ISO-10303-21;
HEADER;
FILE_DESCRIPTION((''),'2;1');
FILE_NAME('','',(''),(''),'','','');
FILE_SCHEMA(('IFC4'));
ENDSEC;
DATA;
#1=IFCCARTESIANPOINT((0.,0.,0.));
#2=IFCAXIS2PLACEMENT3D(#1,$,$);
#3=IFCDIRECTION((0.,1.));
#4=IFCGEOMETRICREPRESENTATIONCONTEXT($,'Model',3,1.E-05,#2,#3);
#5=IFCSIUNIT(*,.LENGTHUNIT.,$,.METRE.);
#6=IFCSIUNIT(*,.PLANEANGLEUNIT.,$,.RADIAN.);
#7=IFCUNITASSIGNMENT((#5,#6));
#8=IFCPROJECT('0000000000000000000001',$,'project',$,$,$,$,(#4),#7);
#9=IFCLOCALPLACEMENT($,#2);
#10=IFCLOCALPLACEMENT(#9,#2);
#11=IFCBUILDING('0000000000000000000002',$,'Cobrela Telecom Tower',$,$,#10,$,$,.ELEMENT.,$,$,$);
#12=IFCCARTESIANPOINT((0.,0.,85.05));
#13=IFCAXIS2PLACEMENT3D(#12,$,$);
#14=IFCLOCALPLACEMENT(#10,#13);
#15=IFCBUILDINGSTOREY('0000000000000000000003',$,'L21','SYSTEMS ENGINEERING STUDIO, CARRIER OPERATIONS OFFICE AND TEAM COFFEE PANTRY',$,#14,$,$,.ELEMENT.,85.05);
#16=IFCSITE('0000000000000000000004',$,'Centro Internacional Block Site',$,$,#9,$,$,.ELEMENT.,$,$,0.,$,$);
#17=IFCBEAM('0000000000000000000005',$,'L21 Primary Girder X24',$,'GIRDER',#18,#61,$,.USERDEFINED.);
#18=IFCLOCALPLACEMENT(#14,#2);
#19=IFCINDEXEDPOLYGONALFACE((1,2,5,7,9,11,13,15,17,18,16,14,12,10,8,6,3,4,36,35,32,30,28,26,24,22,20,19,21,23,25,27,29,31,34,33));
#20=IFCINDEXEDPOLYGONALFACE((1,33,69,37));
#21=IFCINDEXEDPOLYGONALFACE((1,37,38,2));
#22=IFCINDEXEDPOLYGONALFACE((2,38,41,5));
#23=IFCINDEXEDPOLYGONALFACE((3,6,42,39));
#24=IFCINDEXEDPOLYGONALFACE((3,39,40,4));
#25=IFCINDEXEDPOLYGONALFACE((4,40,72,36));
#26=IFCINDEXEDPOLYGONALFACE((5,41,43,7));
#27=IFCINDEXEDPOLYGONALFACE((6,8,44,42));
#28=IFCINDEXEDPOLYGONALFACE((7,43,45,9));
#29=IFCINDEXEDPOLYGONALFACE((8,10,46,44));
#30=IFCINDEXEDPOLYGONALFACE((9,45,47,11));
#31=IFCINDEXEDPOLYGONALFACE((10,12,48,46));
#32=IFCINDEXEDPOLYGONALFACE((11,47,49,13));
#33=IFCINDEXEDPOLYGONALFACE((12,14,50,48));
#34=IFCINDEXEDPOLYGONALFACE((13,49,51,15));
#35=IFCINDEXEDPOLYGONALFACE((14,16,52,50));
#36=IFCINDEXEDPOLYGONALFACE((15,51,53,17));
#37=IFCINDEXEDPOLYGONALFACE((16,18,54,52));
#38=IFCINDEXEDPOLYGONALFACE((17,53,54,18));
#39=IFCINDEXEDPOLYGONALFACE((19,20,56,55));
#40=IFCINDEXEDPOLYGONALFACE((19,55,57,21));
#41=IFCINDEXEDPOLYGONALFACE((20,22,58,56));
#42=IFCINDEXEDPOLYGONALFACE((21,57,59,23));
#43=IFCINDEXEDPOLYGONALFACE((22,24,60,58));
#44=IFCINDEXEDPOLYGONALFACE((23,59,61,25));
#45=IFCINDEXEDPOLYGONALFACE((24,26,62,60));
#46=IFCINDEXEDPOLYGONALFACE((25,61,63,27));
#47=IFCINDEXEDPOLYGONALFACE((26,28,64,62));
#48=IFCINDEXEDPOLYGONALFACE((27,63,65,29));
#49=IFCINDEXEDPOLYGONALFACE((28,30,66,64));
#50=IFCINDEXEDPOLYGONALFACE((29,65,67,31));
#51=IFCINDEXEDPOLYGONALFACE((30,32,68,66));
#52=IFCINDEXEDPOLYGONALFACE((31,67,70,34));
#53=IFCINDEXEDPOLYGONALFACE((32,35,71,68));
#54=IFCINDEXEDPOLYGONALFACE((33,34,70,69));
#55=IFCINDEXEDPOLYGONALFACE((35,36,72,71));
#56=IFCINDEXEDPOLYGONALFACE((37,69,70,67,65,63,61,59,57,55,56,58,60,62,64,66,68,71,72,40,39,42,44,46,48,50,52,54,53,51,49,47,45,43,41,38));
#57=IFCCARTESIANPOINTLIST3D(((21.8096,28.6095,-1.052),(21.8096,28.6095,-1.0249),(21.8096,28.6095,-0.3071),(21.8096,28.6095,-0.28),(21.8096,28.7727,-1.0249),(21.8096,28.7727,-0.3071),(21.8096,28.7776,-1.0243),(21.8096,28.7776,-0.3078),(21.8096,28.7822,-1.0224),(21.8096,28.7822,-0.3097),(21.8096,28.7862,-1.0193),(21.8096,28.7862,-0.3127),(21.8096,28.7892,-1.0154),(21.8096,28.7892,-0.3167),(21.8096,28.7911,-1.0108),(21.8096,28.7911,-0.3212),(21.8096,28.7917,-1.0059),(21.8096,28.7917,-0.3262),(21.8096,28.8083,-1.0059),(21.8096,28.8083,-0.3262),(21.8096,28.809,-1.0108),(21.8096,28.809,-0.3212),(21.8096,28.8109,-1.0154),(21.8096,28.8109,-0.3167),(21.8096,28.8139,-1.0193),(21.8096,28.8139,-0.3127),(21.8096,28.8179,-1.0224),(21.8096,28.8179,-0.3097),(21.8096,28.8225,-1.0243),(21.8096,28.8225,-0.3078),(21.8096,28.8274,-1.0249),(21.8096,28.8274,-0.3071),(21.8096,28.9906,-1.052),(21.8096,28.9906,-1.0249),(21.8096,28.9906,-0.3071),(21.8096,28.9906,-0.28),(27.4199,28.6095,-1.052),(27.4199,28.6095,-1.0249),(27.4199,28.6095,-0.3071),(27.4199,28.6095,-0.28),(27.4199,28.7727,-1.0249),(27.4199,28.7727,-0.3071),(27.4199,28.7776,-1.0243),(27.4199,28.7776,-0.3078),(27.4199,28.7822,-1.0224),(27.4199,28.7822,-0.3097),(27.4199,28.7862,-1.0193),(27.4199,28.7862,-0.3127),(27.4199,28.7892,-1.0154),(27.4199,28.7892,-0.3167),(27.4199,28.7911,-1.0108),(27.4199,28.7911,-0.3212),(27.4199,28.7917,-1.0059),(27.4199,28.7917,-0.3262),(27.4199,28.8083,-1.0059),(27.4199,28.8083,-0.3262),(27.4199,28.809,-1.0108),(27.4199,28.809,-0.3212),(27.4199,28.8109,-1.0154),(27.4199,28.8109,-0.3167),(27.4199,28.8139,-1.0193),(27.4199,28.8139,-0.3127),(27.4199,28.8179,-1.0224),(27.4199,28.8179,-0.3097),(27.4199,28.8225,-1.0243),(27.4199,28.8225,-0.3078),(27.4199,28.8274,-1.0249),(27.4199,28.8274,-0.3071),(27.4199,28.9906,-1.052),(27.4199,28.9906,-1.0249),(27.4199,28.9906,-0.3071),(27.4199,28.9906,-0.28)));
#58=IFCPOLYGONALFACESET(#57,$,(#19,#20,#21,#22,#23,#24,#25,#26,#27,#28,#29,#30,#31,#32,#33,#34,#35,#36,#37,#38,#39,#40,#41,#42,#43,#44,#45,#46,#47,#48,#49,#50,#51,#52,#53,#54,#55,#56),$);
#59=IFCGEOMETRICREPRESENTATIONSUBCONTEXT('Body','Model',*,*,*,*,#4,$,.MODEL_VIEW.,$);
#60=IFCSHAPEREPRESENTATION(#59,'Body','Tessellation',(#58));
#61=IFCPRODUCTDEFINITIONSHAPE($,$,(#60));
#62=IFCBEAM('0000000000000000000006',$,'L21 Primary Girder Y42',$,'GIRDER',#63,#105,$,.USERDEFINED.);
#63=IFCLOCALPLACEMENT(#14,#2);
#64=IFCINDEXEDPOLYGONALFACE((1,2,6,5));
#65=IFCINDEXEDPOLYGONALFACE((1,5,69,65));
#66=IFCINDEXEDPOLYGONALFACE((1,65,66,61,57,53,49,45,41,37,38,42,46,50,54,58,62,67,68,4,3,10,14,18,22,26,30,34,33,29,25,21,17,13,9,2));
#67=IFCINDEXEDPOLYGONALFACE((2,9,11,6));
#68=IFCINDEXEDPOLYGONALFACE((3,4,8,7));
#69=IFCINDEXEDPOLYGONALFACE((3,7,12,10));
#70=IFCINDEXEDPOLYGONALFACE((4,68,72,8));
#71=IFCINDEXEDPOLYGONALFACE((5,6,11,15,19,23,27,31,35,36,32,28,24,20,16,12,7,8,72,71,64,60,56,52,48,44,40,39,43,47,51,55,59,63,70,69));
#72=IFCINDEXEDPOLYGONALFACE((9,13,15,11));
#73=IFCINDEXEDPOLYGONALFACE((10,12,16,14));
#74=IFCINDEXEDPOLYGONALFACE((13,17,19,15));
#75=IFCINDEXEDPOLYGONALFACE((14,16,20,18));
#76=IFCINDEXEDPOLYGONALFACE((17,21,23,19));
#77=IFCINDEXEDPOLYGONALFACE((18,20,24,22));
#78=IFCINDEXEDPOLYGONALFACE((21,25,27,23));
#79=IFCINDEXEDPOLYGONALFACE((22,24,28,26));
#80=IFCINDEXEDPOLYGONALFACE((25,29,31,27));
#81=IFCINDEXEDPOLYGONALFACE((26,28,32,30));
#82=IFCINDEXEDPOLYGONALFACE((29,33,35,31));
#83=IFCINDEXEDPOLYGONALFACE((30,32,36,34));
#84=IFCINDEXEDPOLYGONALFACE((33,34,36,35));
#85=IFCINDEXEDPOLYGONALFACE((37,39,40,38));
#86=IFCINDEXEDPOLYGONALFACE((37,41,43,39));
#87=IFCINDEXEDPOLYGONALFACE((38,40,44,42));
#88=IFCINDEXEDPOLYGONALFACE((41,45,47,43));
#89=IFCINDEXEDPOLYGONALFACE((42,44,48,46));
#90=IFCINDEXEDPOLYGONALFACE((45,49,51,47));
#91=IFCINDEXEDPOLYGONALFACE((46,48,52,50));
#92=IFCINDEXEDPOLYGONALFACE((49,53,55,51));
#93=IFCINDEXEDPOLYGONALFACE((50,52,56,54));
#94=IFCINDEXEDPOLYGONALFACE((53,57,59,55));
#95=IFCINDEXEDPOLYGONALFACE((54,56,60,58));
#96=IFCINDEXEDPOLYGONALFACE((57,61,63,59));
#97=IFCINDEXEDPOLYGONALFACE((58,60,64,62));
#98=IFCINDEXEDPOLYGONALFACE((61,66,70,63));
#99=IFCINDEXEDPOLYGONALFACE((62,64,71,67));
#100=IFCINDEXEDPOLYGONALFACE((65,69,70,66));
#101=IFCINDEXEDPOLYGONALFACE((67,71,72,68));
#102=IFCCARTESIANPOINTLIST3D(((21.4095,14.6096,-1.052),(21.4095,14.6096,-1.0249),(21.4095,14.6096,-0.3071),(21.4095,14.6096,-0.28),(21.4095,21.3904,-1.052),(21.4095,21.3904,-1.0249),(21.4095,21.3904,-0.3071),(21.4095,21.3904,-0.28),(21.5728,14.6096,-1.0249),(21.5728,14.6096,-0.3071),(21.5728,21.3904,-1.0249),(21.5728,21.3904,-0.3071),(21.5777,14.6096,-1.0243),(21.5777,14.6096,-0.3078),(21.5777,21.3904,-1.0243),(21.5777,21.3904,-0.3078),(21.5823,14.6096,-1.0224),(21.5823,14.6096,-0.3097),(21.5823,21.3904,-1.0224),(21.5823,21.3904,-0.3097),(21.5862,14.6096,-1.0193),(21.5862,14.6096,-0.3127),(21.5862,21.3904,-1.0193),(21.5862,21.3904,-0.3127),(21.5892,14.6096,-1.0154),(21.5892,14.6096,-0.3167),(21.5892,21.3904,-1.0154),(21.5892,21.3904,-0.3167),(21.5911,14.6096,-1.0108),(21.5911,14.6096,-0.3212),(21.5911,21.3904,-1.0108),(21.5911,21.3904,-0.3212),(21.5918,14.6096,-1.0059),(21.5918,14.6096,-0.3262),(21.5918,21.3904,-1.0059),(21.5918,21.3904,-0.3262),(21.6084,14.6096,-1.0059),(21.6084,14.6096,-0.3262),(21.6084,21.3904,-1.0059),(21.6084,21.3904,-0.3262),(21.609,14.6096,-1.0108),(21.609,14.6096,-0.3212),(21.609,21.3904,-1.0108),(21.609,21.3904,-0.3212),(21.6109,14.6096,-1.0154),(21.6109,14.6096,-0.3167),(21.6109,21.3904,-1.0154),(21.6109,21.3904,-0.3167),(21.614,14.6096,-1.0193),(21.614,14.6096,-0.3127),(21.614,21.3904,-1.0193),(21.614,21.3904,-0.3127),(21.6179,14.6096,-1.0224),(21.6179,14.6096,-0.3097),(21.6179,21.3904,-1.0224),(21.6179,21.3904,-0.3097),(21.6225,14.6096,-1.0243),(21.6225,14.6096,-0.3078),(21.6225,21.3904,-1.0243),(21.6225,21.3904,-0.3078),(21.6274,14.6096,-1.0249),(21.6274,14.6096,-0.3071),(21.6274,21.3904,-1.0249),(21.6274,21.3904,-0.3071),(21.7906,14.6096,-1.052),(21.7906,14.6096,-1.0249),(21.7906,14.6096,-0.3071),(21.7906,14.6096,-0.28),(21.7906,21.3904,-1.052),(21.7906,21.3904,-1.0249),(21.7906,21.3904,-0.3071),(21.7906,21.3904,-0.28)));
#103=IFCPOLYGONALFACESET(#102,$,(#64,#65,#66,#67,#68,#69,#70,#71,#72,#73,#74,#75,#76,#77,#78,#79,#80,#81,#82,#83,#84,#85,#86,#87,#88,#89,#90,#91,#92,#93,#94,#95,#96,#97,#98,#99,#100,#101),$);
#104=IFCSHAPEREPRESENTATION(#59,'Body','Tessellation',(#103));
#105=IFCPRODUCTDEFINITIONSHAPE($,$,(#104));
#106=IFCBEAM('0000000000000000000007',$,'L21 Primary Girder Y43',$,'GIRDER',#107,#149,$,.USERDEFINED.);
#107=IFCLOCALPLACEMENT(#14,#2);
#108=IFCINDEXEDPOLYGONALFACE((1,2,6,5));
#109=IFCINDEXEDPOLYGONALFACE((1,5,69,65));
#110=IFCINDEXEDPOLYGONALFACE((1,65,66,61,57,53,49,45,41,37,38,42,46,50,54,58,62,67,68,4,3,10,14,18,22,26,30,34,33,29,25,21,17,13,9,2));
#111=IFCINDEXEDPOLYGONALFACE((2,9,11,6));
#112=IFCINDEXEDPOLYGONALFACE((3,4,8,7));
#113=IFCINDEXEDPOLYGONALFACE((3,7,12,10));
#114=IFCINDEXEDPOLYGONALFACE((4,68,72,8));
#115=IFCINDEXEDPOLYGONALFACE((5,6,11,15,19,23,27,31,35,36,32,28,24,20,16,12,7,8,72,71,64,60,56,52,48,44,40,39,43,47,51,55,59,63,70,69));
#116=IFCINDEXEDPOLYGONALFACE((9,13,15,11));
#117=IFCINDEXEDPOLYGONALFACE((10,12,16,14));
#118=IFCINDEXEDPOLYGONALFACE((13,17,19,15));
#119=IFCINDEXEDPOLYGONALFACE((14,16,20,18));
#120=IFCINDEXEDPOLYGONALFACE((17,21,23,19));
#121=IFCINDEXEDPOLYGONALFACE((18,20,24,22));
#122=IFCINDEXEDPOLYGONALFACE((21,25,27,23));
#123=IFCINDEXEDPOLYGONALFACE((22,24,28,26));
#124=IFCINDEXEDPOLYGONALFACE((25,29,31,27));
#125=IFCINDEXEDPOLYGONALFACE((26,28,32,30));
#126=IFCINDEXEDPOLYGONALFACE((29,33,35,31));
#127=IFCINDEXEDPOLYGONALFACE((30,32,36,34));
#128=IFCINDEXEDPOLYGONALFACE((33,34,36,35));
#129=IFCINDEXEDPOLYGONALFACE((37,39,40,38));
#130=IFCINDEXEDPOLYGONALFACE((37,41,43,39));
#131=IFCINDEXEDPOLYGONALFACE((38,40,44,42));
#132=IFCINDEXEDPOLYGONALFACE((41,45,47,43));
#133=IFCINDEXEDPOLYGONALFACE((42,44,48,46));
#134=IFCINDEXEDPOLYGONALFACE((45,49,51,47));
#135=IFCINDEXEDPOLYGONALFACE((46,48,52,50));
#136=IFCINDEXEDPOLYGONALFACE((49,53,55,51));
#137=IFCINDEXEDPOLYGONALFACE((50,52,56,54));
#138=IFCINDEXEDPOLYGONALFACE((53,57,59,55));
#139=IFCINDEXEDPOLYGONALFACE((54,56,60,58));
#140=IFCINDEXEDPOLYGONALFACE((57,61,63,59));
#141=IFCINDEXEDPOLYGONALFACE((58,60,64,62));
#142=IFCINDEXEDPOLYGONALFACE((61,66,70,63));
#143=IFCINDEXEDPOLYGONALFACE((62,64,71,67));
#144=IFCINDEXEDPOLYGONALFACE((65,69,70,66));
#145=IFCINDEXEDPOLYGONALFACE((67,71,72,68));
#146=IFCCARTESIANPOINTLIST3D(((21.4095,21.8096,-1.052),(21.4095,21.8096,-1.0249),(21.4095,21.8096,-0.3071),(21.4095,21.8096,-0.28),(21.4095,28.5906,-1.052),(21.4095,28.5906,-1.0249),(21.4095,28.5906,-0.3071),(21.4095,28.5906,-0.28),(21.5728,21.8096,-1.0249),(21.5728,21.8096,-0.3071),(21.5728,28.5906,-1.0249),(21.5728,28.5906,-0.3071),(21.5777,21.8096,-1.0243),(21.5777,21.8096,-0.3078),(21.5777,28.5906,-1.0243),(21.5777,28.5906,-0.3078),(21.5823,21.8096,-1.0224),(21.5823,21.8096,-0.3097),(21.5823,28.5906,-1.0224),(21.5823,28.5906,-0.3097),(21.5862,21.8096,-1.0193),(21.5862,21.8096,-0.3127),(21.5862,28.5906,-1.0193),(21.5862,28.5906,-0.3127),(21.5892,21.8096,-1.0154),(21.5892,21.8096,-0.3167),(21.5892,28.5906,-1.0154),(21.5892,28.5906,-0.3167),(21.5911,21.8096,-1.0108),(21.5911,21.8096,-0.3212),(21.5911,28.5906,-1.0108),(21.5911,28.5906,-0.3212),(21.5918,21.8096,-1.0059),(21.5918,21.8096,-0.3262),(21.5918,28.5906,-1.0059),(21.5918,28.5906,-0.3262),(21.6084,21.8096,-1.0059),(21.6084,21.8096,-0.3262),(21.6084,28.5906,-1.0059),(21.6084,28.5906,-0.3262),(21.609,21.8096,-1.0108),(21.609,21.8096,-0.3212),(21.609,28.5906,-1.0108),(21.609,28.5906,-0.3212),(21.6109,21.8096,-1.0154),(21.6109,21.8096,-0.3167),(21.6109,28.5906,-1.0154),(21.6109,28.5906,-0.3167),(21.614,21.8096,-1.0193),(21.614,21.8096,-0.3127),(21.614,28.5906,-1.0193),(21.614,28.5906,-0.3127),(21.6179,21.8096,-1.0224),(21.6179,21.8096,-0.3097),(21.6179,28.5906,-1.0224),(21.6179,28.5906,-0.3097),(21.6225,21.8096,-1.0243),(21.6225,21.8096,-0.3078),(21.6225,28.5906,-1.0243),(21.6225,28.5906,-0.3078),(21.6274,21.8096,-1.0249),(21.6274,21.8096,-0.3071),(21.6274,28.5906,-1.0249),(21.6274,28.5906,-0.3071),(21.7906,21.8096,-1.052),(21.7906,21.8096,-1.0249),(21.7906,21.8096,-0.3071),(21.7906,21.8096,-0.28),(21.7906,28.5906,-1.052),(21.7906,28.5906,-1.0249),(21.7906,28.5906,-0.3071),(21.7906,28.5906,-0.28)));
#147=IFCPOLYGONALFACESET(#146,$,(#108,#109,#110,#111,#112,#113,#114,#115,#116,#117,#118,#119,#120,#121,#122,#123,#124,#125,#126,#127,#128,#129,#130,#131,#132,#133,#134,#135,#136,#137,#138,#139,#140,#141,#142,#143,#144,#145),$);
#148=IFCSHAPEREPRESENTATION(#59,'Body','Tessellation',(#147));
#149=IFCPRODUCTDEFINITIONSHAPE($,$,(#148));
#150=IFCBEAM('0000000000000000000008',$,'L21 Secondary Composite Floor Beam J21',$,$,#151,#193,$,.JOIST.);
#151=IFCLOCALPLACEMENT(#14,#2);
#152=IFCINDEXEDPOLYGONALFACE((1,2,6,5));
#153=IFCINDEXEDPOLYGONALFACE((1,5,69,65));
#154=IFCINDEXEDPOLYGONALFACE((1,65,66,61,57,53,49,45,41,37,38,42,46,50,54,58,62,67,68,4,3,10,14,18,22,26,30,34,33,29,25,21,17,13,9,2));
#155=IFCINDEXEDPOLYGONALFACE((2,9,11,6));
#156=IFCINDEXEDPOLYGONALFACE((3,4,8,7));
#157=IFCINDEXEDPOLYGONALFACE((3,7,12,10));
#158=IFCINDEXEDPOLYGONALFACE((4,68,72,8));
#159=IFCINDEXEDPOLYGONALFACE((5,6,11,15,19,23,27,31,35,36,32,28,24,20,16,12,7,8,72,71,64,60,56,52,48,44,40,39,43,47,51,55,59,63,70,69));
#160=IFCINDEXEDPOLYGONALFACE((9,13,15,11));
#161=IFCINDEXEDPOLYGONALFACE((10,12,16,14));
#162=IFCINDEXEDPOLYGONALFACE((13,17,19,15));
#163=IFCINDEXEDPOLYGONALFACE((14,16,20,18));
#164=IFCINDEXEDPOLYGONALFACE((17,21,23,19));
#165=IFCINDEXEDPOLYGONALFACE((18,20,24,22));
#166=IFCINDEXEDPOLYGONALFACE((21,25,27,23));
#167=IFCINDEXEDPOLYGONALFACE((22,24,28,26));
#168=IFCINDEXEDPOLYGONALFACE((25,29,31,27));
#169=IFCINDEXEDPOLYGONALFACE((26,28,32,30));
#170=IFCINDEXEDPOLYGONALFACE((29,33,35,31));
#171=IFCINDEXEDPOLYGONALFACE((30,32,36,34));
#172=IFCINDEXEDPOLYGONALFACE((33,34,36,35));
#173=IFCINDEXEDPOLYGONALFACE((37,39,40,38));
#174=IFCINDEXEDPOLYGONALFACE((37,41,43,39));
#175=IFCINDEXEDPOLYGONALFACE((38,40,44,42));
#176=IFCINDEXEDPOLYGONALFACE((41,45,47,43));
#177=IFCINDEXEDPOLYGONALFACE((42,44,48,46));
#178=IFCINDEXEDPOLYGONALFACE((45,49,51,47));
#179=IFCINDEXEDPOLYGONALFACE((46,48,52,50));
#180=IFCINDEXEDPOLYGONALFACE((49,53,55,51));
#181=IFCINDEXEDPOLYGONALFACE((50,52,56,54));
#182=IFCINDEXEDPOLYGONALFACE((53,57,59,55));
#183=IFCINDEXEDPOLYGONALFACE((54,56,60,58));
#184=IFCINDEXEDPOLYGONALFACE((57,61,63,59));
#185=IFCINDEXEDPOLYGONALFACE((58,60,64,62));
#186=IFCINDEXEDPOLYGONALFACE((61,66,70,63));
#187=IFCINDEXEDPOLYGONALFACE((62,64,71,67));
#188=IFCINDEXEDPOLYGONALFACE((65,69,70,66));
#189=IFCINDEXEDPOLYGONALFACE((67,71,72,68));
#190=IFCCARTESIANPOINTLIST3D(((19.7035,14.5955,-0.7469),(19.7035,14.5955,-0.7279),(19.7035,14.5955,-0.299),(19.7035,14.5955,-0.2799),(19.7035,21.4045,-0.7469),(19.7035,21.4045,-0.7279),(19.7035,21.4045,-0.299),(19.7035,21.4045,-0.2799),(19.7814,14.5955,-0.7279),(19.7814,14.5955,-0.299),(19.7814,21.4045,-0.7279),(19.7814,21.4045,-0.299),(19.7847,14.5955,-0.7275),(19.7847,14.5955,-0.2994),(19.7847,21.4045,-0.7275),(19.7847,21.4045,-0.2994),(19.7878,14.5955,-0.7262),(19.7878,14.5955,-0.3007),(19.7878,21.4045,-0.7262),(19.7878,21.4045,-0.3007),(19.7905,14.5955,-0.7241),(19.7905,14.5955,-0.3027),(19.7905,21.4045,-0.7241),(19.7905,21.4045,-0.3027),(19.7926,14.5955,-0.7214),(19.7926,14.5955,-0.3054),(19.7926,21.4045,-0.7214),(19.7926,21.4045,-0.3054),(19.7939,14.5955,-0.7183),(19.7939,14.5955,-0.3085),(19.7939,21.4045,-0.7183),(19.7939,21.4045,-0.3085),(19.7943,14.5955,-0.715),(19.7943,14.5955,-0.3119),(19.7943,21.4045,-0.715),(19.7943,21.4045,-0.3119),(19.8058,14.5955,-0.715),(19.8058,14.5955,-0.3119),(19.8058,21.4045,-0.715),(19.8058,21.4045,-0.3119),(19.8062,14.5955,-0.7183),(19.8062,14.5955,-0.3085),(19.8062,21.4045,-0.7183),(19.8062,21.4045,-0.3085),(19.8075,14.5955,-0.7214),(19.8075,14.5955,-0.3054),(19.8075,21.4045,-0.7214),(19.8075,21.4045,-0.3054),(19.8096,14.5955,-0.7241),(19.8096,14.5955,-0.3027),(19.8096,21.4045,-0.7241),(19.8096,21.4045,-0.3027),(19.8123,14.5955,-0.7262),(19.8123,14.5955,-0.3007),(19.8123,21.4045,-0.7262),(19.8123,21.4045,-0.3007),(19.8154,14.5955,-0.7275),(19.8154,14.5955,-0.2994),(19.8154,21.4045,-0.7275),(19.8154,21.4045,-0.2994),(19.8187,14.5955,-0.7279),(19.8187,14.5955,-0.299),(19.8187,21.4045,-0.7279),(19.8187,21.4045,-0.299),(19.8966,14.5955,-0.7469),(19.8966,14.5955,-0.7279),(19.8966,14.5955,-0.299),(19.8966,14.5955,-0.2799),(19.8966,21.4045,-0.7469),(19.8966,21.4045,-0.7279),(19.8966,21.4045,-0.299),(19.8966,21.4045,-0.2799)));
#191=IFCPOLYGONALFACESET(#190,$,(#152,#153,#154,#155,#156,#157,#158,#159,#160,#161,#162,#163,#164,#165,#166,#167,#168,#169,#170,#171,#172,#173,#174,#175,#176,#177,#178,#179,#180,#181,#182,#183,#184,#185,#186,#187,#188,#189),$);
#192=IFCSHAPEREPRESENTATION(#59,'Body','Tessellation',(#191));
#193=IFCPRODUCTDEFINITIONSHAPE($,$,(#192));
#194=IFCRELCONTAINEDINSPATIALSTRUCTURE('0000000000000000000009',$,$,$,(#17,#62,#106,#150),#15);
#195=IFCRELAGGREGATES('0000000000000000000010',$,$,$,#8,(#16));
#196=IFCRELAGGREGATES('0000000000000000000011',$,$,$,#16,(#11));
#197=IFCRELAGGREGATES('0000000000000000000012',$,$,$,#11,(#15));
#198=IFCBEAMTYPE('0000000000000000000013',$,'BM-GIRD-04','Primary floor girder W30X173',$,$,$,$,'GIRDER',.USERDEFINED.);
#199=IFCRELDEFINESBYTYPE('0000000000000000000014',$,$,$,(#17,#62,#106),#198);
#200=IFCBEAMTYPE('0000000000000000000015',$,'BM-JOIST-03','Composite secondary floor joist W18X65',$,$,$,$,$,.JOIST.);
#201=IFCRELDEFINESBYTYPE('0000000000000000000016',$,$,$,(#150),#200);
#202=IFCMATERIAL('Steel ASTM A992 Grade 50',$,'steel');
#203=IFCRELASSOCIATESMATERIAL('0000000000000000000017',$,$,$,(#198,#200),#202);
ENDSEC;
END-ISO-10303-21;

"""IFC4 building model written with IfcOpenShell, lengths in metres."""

from ifc_helpers import new_model, si_unit, direction, frame, origin, origin_2d, place, context, subcontext, project, spatial, i_section, extrude, material, material_profile, profile_set, type_object, element, save


model = new_model("IFC4")

# Units and contexts
model_context = context("Model", 3, precision=1e-05, world=origin(), true_north=direction((0.0, 1.0)))
body_context = subcontext(model_context, "Body", "Model", "MODEL_VIEW")
ifc_project = project(units=[si_unit("LENGTHUNIT", "METRE"), si_unit("PLANEANGLEUNIT", "RADIAN")], contexts=[model_context])

# Site, building, storey
site_placement = place(None, origin())
site = spatial("IfcSite", under=ifc_project, at=site_placement, Name="Centro Internacional Block Site", CompositionType="ELEMENT", RefElevation=0.0)
building_placement = place(site_placement, origin())
building = spatial("IfcBuilding", under=site, at=building_placement, Name="Cobrela Telecom Tower", CompositionType="ELEMENT")
storey_placement = place(building_placement, frame((0.0, 0.0, 85.05)))
storey = spatial("IfcBuildingStorey", under=building, at=storey_placement, Name="L21", Description="SYSTEMS ENGINEERING STUDIO, CARRIER OPERATIONS OFFICE AND TEAM COFFEE PANTRY", CompositionType="ELEMENT", Elevation=85.05)

# Shared definitions
ifc_material_1 = material(Name="Steel ASTM A992 Grade 50", Category="steel")

# Beams
ifc_material_profile_1 = material_profile(ifc_material_1, i_section(OverallWidth=0.3811, OverallDepth=0.772, WebThickness=0.0166, FlangeThickness=0.0271, FilletRadius=0.019, at=origin_2d()), Name="W30X173")
ifc_profile_set_1 = profile_set([ifc_material_profile_1], Name="Steel ASTM A992 Grade 50")
beam_type_1 = type_object("IfcBeamType", Name="BM-GIRD-04", Description="Primary floor girder W30X173", ElementType="GIRDER", PredefinedType="USERDEFINED", material=ifc_profile_set_1)
beam_1_placement = place(storey_placement, frame((21.8096, 28.8, -0.666), z_axis=(1.0, 0.0, 0.0), x_axis=(0.0, 1.0, 0.0)))
element("IfcBeam", 1, at=beam_1_placement, inside=storey, type_object=beam_type_1, Name="L21 Primary Girder X24", ObjectType="GIRDER", PredefinedType="USERDEFINED", context=body_context, shape_type="SweptSolid", body=[
    extrude(i_section(OverallWidth=0.3811, OverallDepth=0.772, WebThickness=0.0166, FlangeThickness=0.0271, FilletRadius=0.019, at=origin_2d()), origin(), (0.0, 0.0, 1.0), 5.6104),
])
beam_2_placement = place(storey_placement, frame((21.6001, 14.6096, -0.666), z_axis=(0.0, 1.0, 0.0), x_axis=(-1.0, 0.0, 0.0)))
element("IfcBeam", 2, at=beam_2_placement, inside=storey, type_object=beam_type_1, Name="L21 Primary Girder Y42", ObjectType="GIRDER", PredefinedType="USERDEFINED", context=body_context, shape_type="SweptSolid", body=[
    extrude(i_section(OverallWidth=0.3811, OverallDepth=0.772, WebThickness=0.0166, FlangeThickness=0.0271, FilletRadius=0.019, at=origin_2d()), origin(), (0.0, 0.0, 1.0), 6.7808),
])
beam_3_placement = place(storey_placement, frame((21.6001, 21.8096, -0.666), z_axis=(0.0, 1.0, 0.0), x_axis=(-1.0, 0.0, 0.0)))
element("IfcBeam", 3, at=beam_3_placement, inside=storey, type_object=beam_type_1, Name="L21 Primary Girder Y43", ObjectType="GIRDER", PredefinedType="USERDEFINED", context=body_context, shape_type="SweptSolid", body=[
    extrude(i_section(OverallWidth=0.3811, OverallDepth=0.772, WebThickness=0.0166, FlangeThickness=0.0271, FilletRadius=0.019, at=origin_2d()), origin(), (0.0, 0.0, 1.0), 6.781),
])
ifc_material_profile_2 = material_profile(ifc_material_1, i_section(OverallWidth=0.1931, OverallDepth=0.467, WebThickness=0.0115, FlangeThickness=0.019, FilletRadius=0.0129, at=origin_2d()), Name="W18X65")
ifc_profile_set_2 = profile_set([ifc_material_profile_2], Name="Steel ASTM A992 Grade 50")
beam_type_2 = type_object("IfcBeamType", Name="BM-JOIST-03", Description="Composite secondary floor joist W18X65", PredefinedType="JOIST", material=ifc_profile_set_2)
for number, where, z_axis, x_axis, name in (
    (4, (19.8, 14.5955, -0.5134), (0.0, 1.0, 0.0), (-1.0, 0.0, 0.0), "L21 Secondary Composite Floor Beam J21"),
):
    element("IfcBeam", number, at=place(storey_placement, frame(where, z_axis=z_axis, x_axis=x_axis)), inside=storey, type_object=beam_type_2, Name=name, PredefinedType="JOIST", context=body_context, shape_type="SweptSolid", body=[
        extrude(i_section(OverallWidth=0.1931, OverallDepth=0.467, WebThickness=0.0115, FlangeThickness=0.019, FilletRadius=0.0129, at=origin_2d()), origin(), (0.0, 0.0, 1.0), 6.8091),
    ])

save(model, "model.ifc")
